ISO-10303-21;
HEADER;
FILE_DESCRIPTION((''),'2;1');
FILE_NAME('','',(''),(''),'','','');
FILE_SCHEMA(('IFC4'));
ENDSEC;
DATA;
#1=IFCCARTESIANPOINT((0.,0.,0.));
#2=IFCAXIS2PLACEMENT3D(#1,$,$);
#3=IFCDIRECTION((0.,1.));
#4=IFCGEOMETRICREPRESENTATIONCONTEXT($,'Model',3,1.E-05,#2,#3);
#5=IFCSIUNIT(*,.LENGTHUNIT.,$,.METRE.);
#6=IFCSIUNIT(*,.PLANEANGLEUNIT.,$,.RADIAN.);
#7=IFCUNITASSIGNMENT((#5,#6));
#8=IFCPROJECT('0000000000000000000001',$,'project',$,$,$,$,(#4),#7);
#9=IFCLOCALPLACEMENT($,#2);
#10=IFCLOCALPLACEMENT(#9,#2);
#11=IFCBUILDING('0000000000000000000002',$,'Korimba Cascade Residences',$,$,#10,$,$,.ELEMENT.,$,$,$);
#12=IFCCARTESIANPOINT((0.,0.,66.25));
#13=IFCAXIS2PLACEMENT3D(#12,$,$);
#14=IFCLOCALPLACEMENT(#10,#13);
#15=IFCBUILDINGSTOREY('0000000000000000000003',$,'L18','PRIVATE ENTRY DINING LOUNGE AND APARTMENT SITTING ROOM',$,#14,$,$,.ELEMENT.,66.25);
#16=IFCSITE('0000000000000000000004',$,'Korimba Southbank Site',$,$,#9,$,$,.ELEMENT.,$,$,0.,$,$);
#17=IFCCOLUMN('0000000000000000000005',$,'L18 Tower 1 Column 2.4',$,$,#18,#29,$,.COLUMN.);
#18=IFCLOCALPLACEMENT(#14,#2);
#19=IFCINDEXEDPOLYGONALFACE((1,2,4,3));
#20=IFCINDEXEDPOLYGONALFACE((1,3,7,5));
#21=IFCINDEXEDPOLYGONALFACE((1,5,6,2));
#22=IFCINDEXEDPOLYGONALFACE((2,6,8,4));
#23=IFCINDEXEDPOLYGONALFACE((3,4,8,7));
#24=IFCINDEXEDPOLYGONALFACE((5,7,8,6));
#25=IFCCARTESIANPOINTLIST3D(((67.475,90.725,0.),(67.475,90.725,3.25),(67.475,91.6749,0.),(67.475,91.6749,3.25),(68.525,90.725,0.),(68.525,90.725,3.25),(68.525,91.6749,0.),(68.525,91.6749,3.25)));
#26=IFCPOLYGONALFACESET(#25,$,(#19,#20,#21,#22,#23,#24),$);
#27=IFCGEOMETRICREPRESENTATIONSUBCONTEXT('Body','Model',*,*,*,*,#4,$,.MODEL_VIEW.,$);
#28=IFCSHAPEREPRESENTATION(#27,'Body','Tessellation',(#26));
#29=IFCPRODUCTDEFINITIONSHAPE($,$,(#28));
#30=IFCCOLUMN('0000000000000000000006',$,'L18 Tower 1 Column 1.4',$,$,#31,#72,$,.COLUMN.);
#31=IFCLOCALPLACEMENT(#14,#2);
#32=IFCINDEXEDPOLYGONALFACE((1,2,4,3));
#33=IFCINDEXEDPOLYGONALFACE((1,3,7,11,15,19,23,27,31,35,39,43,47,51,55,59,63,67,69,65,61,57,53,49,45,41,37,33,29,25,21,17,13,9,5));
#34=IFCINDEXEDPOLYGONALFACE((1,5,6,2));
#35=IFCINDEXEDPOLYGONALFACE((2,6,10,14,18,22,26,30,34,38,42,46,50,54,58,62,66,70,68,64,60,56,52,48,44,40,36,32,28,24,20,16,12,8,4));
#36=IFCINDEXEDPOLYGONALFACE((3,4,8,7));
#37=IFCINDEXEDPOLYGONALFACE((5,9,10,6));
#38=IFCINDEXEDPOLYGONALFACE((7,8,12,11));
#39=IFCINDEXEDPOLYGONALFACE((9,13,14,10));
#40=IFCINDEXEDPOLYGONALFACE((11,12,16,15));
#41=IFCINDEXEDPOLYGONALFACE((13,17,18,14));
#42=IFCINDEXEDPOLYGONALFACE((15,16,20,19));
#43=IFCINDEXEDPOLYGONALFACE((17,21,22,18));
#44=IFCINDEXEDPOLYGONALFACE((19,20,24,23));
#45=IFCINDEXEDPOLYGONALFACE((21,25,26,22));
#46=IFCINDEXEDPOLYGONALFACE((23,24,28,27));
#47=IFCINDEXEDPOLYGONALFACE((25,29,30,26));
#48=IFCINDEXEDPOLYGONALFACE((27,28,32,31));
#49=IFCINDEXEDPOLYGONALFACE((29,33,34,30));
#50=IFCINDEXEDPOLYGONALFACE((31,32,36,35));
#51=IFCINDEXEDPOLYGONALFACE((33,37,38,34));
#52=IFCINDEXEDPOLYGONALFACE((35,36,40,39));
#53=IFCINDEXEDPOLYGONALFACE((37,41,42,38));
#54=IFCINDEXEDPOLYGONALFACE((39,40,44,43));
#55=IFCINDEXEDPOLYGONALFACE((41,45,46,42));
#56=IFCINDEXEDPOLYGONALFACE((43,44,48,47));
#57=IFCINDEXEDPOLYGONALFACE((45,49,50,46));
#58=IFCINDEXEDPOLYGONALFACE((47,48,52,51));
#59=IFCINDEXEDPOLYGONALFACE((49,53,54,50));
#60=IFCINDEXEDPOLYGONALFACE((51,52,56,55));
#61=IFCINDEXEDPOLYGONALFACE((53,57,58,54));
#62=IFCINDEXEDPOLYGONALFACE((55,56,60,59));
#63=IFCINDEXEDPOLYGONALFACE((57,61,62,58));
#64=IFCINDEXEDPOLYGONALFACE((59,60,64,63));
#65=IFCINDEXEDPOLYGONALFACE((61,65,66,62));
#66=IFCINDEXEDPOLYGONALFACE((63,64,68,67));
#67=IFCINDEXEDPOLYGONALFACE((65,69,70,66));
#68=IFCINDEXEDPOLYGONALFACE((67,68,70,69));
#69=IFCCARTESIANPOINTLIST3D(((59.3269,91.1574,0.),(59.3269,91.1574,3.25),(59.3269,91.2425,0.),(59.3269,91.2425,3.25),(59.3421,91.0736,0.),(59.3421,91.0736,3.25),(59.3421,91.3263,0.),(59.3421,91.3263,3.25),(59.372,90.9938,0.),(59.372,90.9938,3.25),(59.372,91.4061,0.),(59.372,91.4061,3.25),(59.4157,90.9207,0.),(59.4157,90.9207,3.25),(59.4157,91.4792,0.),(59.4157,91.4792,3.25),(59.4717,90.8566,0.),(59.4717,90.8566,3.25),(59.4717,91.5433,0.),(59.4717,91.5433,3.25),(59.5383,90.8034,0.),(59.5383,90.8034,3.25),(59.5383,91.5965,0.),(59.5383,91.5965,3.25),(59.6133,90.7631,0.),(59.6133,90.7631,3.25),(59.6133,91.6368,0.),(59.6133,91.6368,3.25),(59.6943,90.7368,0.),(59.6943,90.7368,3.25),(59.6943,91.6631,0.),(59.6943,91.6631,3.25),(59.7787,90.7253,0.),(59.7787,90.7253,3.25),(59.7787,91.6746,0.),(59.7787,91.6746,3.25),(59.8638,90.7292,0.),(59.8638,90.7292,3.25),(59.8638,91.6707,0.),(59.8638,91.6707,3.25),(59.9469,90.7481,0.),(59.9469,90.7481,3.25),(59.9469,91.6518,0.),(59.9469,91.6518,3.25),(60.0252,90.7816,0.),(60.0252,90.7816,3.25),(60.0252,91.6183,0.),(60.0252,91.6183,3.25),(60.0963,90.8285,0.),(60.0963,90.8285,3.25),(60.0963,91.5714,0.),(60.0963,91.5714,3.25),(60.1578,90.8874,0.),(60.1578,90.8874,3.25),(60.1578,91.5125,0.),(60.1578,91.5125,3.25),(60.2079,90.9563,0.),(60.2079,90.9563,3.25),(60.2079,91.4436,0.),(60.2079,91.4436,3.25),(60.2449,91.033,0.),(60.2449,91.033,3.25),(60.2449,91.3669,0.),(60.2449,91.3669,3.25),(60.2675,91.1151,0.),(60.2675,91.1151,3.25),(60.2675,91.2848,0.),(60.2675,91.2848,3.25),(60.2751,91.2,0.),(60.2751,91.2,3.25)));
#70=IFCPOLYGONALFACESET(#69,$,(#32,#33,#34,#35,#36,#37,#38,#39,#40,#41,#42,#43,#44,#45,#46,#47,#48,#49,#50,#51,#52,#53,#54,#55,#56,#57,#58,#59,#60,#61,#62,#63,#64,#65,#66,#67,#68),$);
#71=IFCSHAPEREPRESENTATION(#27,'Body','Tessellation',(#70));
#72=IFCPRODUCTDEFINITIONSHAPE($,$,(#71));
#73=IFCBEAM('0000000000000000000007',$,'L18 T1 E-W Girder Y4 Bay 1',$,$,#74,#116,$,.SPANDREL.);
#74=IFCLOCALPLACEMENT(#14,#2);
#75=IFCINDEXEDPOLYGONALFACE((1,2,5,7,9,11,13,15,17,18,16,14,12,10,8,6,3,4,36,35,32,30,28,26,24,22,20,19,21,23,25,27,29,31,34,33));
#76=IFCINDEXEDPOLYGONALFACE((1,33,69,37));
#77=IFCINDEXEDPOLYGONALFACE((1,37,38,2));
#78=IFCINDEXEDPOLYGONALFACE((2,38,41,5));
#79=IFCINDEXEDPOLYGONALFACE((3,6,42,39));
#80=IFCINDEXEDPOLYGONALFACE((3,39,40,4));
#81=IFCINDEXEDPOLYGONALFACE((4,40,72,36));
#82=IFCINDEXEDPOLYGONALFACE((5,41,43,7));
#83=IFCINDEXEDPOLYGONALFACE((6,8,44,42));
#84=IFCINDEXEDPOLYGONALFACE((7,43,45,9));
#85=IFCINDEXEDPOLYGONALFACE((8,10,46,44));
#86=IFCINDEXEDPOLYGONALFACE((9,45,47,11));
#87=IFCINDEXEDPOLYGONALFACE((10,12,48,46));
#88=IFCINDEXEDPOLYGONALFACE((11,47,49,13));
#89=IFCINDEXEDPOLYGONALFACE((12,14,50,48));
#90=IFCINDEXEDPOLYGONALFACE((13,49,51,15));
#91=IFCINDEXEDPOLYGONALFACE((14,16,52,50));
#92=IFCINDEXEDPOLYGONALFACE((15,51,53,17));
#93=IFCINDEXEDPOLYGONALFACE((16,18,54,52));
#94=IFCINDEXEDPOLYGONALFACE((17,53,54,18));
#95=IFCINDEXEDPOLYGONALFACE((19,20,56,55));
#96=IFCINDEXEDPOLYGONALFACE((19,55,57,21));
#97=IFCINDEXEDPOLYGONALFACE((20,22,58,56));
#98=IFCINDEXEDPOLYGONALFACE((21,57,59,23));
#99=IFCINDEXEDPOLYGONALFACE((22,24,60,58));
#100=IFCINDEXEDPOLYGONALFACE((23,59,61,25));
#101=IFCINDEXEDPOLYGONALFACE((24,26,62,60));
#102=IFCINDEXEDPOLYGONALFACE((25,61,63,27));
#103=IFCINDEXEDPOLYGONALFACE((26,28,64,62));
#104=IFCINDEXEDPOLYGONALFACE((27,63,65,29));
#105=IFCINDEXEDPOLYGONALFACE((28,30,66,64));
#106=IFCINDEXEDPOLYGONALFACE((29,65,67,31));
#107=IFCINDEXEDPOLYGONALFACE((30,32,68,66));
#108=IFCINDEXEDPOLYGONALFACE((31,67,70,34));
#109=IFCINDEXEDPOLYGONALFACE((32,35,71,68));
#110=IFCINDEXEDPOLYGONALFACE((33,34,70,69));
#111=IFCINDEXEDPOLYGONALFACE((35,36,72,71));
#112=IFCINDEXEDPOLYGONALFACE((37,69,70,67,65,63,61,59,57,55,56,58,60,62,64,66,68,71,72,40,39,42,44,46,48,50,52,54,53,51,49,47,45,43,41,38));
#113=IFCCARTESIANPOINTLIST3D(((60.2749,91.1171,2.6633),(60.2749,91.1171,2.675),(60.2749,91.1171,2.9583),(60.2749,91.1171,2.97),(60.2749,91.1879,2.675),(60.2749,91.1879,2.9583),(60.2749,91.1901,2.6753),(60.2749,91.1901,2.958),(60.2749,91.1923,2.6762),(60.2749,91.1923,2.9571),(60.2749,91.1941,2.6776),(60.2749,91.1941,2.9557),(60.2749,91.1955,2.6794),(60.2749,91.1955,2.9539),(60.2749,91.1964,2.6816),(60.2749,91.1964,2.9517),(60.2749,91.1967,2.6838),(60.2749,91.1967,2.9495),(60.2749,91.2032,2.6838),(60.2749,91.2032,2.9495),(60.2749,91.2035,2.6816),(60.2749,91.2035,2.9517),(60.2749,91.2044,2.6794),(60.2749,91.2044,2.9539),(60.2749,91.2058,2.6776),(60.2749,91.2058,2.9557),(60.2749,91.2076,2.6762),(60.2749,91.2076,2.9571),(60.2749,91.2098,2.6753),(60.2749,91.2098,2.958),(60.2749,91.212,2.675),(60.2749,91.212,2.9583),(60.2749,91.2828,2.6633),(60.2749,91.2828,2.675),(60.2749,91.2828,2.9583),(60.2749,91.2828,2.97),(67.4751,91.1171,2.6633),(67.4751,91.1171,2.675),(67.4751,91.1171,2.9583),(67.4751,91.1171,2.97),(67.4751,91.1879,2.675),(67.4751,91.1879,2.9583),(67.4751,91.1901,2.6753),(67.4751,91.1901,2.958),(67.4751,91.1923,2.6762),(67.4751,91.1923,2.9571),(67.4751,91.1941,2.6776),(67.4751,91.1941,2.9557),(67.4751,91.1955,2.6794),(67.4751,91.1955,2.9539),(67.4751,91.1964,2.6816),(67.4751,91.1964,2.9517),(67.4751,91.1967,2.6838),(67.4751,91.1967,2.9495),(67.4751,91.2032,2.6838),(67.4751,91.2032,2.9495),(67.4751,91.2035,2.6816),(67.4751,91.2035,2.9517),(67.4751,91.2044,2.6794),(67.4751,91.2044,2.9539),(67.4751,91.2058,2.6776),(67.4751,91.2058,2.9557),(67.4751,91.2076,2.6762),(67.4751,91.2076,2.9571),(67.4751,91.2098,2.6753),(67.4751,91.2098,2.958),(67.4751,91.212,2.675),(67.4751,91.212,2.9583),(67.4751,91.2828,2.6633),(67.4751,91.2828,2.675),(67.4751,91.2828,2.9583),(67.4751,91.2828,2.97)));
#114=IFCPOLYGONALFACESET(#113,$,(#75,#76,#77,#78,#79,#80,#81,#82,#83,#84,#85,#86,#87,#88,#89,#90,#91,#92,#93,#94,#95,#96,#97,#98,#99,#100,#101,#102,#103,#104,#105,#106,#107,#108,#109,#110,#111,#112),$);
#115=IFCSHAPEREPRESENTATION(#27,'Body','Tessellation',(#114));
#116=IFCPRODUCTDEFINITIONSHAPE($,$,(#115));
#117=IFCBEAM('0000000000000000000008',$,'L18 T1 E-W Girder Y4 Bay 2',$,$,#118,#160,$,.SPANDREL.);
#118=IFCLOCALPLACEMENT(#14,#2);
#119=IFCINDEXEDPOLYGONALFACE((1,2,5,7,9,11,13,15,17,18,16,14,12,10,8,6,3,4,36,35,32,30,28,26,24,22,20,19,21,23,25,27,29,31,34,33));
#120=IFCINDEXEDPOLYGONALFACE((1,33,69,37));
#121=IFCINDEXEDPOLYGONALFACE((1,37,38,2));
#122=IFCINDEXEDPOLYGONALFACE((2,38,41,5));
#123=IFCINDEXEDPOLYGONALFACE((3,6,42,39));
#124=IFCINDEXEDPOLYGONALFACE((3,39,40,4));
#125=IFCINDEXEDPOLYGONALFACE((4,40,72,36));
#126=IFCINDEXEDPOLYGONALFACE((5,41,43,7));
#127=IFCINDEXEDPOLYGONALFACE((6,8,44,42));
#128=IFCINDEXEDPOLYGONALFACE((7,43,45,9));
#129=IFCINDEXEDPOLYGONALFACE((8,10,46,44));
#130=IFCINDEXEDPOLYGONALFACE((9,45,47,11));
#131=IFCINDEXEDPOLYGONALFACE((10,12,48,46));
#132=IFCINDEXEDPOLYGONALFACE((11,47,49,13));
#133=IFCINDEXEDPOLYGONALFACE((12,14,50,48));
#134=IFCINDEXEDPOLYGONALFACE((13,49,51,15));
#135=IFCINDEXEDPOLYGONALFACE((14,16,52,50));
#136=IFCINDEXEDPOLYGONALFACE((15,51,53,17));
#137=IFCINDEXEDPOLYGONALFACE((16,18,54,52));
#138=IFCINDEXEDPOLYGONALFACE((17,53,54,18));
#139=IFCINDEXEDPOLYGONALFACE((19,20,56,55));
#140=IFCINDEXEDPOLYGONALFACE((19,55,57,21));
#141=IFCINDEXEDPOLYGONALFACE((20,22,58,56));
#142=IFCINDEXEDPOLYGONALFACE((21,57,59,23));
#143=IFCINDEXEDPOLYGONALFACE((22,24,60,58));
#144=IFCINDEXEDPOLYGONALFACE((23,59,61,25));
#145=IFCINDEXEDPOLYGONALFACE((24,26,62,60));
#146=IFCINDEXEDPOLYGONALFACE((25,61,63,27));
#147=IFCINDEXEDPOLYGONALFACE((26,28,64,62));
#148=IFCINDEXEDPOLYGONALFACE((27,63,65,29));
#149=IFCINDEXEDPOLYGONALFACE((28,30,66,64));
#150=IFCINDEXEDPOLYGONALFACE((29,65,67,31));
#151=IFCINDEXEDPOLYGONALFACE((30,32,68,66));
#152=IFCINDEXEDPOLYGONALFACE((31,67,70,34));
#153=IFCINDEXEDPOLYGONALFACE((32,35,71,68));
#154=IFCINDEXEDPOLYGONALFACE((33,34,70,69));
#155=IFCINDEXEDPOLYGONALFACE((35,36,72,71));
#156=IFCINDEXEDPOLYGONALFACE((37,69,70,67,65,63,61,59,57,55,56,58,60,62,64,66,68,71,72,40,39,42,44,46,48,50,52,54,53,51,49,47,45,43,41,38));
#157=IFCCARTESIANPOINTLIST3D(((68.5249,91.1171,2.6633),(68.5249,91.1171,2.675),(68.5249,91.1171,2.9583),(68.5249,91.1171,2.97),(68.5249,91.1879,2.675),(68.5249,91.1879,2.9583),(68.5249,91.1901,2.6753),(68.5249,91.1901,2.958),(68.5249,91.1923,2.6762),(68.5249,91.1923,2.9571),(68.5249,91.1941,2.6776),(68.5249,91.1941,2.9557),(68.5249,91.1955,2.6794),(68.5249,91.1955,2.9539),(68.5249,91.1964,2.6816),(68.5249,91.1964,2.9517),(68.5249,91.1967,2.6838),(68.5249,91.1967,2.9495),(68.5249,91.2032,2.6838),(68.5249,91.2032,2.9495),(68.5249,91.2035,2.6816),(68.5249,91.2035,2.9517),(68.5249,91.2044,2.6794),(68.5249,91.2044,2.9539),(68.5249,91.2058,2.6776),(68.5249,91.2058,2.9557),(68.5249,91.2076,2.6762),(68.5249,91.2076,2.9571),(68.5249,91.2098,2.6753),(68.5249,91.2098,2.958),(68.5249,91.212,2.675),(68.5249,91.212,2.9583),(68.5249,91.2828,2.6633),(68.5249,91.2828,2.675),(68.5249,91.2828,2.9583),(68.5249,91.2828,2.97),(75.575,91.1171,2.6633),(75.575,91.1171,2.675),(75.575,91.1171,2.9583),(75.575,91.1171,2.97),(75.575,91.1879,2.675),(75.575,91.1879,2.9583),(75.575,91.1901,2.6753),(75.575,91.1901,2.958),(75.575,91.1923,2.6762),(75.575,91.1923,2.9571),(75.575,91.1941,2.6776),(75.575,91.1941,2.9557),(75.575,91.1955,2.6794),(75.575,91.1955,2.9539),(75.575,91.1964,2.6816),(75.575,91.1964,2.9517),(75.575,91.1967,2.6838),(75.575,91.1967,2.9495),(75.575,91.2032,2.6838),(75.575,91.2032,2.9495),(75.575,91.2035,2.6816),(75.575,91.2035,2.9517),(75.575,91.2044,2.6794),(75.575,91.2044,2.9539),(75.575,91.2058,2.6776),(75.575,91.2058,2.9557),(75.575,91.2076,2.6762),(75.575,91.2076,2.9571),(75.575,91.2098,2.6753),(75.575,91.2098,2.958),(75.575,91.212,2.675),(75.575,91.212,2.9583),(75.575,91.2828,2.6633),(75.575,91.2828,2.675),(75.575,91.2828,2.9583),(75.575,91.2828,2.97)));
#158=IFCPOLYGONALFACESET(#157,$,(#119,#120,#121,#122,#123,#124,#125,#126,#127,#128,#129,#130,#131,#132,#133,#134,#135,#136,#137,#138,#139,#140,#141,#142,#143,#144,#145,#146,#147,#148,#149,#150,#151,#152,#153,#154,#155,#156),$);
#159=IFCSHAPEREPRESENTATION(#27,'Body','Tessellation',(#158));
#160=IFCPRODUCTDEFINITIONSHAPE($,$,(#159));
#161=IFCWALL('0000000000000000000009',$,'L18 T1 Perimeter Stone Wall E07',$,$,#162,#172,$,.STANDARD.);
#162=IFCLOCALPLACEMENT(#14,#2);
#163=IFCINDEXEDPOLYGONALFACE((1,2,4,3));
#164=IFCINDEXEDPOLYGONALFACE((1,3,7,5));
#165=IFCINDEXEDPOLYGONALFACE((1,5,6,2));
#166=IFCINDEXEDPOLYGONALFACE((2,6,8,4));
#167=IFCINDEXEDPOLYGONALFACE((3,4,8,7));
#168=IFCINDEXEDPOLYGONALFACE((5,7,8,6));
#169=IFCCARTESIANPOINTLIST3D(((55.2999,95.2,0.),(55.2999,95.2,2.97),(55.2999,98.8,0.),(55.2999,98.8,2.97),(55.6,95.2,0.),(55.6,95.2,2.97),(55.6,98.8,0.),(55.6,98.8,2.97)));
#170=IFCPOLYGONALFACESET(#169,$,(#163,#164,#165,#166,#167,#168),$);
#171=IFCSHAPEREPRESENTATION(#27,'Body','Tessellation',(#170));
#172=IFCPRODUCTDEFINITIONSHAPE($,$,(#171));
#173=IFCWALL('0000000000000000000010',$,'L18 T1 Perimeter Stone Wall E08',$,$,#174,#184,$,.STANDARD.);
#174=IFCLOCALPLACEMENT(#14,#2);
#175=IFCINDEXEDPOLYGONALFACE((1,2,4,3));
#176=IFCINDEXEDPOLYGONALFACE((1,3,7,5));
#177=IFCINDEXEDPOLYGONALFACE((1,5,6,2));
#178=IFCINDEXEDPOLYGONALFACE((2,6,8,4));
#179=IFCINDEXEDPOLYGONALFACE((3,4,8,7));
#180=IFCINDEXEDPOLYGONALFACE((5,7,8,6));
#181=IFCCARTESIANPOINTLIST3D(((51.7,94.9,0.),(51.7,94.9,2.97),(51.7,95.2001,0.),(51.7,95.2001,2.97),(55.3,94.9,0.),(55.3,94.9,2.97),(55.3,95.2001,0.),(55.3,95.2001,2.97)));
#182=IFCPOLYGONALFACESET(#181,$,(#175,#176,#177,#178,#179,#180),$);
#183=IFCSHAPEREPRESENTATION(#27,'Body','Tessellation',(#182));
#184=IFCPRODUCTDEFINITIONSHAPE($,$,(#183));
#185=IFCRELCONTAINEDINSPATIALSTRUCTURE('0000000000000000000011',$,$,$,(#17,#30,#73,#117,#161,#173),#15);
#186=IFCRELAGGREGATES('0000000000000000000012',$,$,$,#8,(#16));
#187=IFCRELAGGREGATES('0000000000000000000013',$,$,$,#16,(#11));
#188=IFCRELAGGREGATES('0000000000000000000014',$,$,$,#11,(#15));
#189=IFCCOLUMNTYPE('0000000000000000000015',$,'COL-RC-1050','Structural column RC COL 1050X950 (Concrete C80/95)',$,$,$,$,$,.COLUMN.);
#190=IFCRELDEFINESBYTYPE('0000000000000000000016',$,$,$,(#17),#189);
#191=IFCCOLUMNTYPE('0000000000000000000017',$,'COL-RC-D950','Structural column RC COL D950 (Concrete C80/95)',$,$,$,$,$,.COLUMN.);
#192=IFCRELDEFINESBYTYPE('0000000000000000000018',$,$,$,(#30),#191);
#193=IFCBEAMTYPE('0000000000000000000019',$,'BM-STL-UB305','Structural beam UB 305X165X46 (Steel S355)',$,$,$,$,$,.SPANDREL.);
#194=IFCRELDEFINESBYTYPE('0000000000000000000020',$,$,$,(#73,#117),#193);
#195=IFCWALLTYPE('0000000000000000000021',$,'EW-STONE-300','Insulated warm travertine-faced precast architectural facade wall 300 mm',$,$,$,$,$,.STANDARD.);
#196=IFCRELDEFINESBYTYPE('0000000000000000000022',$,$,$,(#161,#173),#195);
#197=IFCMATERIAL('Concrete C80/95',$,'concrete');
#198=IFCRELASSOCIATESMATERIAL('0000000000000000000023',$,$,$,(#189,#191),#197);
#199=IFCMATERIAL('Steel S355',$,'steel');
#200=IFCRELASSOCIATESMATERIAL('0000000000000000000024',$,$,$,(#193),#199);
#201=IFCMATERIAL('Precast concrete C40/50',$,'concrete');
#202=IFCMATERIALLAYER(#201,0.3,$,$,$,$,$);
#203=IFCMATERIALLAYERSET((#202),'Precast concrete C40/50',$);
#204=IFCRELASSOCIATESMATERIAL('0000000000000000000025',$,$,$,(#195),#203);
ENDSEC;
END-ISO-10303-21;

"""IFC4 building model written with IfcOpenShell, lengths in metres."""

from ifc_helpers import new_model, si_unit, direction, frame, frame_2d, origin, origin_2d, place, context, subcontext, project, spatial, rectangle, circle, i_section, extrude, material, layer, layer_set, material_profile, profile_set, type_object, element, save


model = new_model("IFC4")

# Units and contexts
model_context = context("Model", 3, precision=1e-05, world=origin(), true_north=direction((0.0, 1.0)))
body_context = subcontext(model_context, "Body", "Model", "MODEL_VIEW")
ifc_project = project(units=[si_unit("LENGTHUNIT", "METRE"), si_unit("PLANEANGLEUNIT", "RADIAN")], contexts=[model_context])

# Site, building, storey
site_placement = place(None, origin())
site = spatial("IfcSite", under=ifc_project, at=site_placement, Name="Korimba Southbank Site", CompositionType="ELEMENT", RefElevation=0.0)
building_placement = place(site_placement, origin())
building = spatial("IfcBuilding", under=site, at=building_placement, Name="Korimba Cascade Residences", CompositionType="ELEMENT")
storey_placement = place(building_placement, frame((0.0, 0.0, 66.25)))
storey = spatial("IfcBuildingStorey", under=building, at=storey_placement, Name="L18", Description="PRIVATE ENTRY DINING LOUNGE AND APARTMENT SITTING ROOM", CompositionType="ELEMENT", Elevation=66.25)

# Columns
ifc_material_1 = material(Name="Concrete C80/95", Category="concrete")
ifc_material_profile_1 = material_profile(ifc_material_1, rectangle(XDim=1.05, YDim=0.95, at=origin_2d()), Name="Concrete C80/95")
ifc_profile_set_1 = profile_set([ifc_material_profile_1], Name="Concrete C80/95")
column_type_1 = type_object("IfcColumnType", Name="COL-RC-1050", Description="Structural column RC COL 1050X950 (Concrete C80/95)", PredefinedType="COLUMN", material=ifc_profile_set_1)
column_1_placement = place(storey_placement, frame((68.0, 91.2, 0.0), z_axis=(0.0, 0.0, 1.0), x_axis=(1.0, 0.0, 0.0)))
element("IfcColumn", 1, at=column_1_placement, inside=storey, type_object=column_type_1, Name="L18 Tower 1 Column 2.4", PredefinedType="COLUMN", context=body_context, shape_type="SweptSolid", body=[
    extrude(rectangle(XDim=1.05, YDim=0.95, at=origin_2d()), origin(), (0.0, 0.0, 1.0), 3.25),
])
ifc_material_profile_2 = material_profile(ifc_material_1, circle(Radius=0.4751, at=origin_2d()), Name="Concrete C80/95")
ifc_profile_set_2 = profile_set([ifc_material_profile_2], Name="Concrete C80/95")
column_type_2 = type_object("IfcColumnType", Name="COL-RC-D950", Description="Structural column RC COL D950 (Concrete C80/95)", PredefinedType="COLUMN", material=ifc_profile_set_2)
column_2_placement = place(storey_placement, frame((59.8, 91.2, 0.0), z_axis=(0.0, 0.0, 1.0), x_axis=(1.0, 0.0, 0.0)))
element("IfcColumn", 2, at=column_2_placement, inside=storey, type_object=column_type_2, Name="L18 Tower 1 Column 1.4", PredefinedType="COLUMN", context=body_context, shape_type="SweptSolid", body=[
    extrude(circle(Radius=0.4751, at=origin_2d()), origin(), (0.0, 0.0, 1.0), 3.25),
])

# Beams
ifc_material_2 = material(Name="Steel S355", Category="steel")
ifc_material_profile_3 = material_profile(ifc_material_2, i_section(OverallWidth=0.1658, OverallDepth=0.3066, WebThickness=0.0066, FlangeThickness=0.0117, FilletRadius=0.0088, at=origin_2d()), Name="Steel S355")
ifc_profile_set_3 = profile_set([ifc_material_profile_3], Name="Steel S355")
beam_type = type_object("IfcBeamType", Name="BM-STL-UB305", Description="Structural beam UB 305X165X46 (Steel S355)", PredefinedType="SPANDREL", material=ifc_profile_set_3)
beam_1_placement = place(storey_placement, frame((60.2749, 91.2, 2.8167), z_axis=(1.0, 0.0, 0.0), x_axis=(0.0, 1.0, 0.0)))
element("IfcBeam", 3, at=beam_1_placement, inside=storey, type_object=beam_type, Name="L18 T1 E-W Girder Y4 Bay 1", PredefinedType="SPANDREL", context=body_context, shape_type="SweptSolid", body=[
    extrude(i_section(OverallWidth=0.1658, OverallDepth=0.3066, WebThickness=0.0066, FlangeThickness=0.0117, FilletRadius=0.0088, at=origin_2d()), origin(), (0.0, 0.0, 1.0), 7.2002),
])
beam_2_placement = place(storey_placement, frame((68.5249, 91.2, 2.8167), z_axis=(1.0, 0.0, 0.0), x_axis=(0.0, 1.0, 0.0)))
element("IfcBeam", 4, at=beam_2_placement, inside=storey, type_object=beam_type, Name="L18 T1 E-W Girder Y4 Bay 2", PredefinedType="SPANDREL", context=body_context, shape_type="SweptSolid", body=[
    extrude(i_section(OverallWidth=0.1658, OverallDepth=0.3066, WebThickness=0.0066, FlangeThickness=0.0117, FilletRadius=0.0088, at=origin_2d()), origin(), (0.0, 0.0, 1.0), 7.05),
])

# Walls
ifc_material_3 = material(Name="Precast concrete C40/50", Category="concrete")
ifc_layer_1 = layer(ifc_material_3, 0.3)
ifc_layer_set_1 = layer_set([ifc_layer_1], Name="Precast concrete C40/50")
wall_type_1 = type_object("IfcWallType", Name="EW-STONE-300", Description="Insulated warm travertine-faced precast architectural facade wall 300 mm", PredefinedType="STANDARD", material=ifc_layer_set_1)
for number, where, z_axis, x_axis, name in (
    (5, (55.45, 98.8, 0.0), (0.0, 0.0, 1.0), (0.0, -1.0, 0.0), "L18 T1 Perimeter Stone Wall E07"),
    (6, (55.3, 95.05, 0.0), (0.0, 0.0, 1.0), (-1.0, 0.0, 0.0), "L18 T1 Perimeter Stone Wall E08"),
):
    element("IfcWall", number, at=place(storey_placement, frame(where, z_axis=z_axis, x_axis=x_axis)), inside=storey, type_object=wall_type_1, Name=name, PredefinedType="STANDARD", context=body_context, shape_type="SweptSolid", body=[
        extrude(rectangle(XDim=3.6001, YDim=0.3, at=frame_2d((1.8, 0.0))), origin(), (0.0, 0.0, 1.0), 2.97),
    ])

save(model, "model.ifc")
